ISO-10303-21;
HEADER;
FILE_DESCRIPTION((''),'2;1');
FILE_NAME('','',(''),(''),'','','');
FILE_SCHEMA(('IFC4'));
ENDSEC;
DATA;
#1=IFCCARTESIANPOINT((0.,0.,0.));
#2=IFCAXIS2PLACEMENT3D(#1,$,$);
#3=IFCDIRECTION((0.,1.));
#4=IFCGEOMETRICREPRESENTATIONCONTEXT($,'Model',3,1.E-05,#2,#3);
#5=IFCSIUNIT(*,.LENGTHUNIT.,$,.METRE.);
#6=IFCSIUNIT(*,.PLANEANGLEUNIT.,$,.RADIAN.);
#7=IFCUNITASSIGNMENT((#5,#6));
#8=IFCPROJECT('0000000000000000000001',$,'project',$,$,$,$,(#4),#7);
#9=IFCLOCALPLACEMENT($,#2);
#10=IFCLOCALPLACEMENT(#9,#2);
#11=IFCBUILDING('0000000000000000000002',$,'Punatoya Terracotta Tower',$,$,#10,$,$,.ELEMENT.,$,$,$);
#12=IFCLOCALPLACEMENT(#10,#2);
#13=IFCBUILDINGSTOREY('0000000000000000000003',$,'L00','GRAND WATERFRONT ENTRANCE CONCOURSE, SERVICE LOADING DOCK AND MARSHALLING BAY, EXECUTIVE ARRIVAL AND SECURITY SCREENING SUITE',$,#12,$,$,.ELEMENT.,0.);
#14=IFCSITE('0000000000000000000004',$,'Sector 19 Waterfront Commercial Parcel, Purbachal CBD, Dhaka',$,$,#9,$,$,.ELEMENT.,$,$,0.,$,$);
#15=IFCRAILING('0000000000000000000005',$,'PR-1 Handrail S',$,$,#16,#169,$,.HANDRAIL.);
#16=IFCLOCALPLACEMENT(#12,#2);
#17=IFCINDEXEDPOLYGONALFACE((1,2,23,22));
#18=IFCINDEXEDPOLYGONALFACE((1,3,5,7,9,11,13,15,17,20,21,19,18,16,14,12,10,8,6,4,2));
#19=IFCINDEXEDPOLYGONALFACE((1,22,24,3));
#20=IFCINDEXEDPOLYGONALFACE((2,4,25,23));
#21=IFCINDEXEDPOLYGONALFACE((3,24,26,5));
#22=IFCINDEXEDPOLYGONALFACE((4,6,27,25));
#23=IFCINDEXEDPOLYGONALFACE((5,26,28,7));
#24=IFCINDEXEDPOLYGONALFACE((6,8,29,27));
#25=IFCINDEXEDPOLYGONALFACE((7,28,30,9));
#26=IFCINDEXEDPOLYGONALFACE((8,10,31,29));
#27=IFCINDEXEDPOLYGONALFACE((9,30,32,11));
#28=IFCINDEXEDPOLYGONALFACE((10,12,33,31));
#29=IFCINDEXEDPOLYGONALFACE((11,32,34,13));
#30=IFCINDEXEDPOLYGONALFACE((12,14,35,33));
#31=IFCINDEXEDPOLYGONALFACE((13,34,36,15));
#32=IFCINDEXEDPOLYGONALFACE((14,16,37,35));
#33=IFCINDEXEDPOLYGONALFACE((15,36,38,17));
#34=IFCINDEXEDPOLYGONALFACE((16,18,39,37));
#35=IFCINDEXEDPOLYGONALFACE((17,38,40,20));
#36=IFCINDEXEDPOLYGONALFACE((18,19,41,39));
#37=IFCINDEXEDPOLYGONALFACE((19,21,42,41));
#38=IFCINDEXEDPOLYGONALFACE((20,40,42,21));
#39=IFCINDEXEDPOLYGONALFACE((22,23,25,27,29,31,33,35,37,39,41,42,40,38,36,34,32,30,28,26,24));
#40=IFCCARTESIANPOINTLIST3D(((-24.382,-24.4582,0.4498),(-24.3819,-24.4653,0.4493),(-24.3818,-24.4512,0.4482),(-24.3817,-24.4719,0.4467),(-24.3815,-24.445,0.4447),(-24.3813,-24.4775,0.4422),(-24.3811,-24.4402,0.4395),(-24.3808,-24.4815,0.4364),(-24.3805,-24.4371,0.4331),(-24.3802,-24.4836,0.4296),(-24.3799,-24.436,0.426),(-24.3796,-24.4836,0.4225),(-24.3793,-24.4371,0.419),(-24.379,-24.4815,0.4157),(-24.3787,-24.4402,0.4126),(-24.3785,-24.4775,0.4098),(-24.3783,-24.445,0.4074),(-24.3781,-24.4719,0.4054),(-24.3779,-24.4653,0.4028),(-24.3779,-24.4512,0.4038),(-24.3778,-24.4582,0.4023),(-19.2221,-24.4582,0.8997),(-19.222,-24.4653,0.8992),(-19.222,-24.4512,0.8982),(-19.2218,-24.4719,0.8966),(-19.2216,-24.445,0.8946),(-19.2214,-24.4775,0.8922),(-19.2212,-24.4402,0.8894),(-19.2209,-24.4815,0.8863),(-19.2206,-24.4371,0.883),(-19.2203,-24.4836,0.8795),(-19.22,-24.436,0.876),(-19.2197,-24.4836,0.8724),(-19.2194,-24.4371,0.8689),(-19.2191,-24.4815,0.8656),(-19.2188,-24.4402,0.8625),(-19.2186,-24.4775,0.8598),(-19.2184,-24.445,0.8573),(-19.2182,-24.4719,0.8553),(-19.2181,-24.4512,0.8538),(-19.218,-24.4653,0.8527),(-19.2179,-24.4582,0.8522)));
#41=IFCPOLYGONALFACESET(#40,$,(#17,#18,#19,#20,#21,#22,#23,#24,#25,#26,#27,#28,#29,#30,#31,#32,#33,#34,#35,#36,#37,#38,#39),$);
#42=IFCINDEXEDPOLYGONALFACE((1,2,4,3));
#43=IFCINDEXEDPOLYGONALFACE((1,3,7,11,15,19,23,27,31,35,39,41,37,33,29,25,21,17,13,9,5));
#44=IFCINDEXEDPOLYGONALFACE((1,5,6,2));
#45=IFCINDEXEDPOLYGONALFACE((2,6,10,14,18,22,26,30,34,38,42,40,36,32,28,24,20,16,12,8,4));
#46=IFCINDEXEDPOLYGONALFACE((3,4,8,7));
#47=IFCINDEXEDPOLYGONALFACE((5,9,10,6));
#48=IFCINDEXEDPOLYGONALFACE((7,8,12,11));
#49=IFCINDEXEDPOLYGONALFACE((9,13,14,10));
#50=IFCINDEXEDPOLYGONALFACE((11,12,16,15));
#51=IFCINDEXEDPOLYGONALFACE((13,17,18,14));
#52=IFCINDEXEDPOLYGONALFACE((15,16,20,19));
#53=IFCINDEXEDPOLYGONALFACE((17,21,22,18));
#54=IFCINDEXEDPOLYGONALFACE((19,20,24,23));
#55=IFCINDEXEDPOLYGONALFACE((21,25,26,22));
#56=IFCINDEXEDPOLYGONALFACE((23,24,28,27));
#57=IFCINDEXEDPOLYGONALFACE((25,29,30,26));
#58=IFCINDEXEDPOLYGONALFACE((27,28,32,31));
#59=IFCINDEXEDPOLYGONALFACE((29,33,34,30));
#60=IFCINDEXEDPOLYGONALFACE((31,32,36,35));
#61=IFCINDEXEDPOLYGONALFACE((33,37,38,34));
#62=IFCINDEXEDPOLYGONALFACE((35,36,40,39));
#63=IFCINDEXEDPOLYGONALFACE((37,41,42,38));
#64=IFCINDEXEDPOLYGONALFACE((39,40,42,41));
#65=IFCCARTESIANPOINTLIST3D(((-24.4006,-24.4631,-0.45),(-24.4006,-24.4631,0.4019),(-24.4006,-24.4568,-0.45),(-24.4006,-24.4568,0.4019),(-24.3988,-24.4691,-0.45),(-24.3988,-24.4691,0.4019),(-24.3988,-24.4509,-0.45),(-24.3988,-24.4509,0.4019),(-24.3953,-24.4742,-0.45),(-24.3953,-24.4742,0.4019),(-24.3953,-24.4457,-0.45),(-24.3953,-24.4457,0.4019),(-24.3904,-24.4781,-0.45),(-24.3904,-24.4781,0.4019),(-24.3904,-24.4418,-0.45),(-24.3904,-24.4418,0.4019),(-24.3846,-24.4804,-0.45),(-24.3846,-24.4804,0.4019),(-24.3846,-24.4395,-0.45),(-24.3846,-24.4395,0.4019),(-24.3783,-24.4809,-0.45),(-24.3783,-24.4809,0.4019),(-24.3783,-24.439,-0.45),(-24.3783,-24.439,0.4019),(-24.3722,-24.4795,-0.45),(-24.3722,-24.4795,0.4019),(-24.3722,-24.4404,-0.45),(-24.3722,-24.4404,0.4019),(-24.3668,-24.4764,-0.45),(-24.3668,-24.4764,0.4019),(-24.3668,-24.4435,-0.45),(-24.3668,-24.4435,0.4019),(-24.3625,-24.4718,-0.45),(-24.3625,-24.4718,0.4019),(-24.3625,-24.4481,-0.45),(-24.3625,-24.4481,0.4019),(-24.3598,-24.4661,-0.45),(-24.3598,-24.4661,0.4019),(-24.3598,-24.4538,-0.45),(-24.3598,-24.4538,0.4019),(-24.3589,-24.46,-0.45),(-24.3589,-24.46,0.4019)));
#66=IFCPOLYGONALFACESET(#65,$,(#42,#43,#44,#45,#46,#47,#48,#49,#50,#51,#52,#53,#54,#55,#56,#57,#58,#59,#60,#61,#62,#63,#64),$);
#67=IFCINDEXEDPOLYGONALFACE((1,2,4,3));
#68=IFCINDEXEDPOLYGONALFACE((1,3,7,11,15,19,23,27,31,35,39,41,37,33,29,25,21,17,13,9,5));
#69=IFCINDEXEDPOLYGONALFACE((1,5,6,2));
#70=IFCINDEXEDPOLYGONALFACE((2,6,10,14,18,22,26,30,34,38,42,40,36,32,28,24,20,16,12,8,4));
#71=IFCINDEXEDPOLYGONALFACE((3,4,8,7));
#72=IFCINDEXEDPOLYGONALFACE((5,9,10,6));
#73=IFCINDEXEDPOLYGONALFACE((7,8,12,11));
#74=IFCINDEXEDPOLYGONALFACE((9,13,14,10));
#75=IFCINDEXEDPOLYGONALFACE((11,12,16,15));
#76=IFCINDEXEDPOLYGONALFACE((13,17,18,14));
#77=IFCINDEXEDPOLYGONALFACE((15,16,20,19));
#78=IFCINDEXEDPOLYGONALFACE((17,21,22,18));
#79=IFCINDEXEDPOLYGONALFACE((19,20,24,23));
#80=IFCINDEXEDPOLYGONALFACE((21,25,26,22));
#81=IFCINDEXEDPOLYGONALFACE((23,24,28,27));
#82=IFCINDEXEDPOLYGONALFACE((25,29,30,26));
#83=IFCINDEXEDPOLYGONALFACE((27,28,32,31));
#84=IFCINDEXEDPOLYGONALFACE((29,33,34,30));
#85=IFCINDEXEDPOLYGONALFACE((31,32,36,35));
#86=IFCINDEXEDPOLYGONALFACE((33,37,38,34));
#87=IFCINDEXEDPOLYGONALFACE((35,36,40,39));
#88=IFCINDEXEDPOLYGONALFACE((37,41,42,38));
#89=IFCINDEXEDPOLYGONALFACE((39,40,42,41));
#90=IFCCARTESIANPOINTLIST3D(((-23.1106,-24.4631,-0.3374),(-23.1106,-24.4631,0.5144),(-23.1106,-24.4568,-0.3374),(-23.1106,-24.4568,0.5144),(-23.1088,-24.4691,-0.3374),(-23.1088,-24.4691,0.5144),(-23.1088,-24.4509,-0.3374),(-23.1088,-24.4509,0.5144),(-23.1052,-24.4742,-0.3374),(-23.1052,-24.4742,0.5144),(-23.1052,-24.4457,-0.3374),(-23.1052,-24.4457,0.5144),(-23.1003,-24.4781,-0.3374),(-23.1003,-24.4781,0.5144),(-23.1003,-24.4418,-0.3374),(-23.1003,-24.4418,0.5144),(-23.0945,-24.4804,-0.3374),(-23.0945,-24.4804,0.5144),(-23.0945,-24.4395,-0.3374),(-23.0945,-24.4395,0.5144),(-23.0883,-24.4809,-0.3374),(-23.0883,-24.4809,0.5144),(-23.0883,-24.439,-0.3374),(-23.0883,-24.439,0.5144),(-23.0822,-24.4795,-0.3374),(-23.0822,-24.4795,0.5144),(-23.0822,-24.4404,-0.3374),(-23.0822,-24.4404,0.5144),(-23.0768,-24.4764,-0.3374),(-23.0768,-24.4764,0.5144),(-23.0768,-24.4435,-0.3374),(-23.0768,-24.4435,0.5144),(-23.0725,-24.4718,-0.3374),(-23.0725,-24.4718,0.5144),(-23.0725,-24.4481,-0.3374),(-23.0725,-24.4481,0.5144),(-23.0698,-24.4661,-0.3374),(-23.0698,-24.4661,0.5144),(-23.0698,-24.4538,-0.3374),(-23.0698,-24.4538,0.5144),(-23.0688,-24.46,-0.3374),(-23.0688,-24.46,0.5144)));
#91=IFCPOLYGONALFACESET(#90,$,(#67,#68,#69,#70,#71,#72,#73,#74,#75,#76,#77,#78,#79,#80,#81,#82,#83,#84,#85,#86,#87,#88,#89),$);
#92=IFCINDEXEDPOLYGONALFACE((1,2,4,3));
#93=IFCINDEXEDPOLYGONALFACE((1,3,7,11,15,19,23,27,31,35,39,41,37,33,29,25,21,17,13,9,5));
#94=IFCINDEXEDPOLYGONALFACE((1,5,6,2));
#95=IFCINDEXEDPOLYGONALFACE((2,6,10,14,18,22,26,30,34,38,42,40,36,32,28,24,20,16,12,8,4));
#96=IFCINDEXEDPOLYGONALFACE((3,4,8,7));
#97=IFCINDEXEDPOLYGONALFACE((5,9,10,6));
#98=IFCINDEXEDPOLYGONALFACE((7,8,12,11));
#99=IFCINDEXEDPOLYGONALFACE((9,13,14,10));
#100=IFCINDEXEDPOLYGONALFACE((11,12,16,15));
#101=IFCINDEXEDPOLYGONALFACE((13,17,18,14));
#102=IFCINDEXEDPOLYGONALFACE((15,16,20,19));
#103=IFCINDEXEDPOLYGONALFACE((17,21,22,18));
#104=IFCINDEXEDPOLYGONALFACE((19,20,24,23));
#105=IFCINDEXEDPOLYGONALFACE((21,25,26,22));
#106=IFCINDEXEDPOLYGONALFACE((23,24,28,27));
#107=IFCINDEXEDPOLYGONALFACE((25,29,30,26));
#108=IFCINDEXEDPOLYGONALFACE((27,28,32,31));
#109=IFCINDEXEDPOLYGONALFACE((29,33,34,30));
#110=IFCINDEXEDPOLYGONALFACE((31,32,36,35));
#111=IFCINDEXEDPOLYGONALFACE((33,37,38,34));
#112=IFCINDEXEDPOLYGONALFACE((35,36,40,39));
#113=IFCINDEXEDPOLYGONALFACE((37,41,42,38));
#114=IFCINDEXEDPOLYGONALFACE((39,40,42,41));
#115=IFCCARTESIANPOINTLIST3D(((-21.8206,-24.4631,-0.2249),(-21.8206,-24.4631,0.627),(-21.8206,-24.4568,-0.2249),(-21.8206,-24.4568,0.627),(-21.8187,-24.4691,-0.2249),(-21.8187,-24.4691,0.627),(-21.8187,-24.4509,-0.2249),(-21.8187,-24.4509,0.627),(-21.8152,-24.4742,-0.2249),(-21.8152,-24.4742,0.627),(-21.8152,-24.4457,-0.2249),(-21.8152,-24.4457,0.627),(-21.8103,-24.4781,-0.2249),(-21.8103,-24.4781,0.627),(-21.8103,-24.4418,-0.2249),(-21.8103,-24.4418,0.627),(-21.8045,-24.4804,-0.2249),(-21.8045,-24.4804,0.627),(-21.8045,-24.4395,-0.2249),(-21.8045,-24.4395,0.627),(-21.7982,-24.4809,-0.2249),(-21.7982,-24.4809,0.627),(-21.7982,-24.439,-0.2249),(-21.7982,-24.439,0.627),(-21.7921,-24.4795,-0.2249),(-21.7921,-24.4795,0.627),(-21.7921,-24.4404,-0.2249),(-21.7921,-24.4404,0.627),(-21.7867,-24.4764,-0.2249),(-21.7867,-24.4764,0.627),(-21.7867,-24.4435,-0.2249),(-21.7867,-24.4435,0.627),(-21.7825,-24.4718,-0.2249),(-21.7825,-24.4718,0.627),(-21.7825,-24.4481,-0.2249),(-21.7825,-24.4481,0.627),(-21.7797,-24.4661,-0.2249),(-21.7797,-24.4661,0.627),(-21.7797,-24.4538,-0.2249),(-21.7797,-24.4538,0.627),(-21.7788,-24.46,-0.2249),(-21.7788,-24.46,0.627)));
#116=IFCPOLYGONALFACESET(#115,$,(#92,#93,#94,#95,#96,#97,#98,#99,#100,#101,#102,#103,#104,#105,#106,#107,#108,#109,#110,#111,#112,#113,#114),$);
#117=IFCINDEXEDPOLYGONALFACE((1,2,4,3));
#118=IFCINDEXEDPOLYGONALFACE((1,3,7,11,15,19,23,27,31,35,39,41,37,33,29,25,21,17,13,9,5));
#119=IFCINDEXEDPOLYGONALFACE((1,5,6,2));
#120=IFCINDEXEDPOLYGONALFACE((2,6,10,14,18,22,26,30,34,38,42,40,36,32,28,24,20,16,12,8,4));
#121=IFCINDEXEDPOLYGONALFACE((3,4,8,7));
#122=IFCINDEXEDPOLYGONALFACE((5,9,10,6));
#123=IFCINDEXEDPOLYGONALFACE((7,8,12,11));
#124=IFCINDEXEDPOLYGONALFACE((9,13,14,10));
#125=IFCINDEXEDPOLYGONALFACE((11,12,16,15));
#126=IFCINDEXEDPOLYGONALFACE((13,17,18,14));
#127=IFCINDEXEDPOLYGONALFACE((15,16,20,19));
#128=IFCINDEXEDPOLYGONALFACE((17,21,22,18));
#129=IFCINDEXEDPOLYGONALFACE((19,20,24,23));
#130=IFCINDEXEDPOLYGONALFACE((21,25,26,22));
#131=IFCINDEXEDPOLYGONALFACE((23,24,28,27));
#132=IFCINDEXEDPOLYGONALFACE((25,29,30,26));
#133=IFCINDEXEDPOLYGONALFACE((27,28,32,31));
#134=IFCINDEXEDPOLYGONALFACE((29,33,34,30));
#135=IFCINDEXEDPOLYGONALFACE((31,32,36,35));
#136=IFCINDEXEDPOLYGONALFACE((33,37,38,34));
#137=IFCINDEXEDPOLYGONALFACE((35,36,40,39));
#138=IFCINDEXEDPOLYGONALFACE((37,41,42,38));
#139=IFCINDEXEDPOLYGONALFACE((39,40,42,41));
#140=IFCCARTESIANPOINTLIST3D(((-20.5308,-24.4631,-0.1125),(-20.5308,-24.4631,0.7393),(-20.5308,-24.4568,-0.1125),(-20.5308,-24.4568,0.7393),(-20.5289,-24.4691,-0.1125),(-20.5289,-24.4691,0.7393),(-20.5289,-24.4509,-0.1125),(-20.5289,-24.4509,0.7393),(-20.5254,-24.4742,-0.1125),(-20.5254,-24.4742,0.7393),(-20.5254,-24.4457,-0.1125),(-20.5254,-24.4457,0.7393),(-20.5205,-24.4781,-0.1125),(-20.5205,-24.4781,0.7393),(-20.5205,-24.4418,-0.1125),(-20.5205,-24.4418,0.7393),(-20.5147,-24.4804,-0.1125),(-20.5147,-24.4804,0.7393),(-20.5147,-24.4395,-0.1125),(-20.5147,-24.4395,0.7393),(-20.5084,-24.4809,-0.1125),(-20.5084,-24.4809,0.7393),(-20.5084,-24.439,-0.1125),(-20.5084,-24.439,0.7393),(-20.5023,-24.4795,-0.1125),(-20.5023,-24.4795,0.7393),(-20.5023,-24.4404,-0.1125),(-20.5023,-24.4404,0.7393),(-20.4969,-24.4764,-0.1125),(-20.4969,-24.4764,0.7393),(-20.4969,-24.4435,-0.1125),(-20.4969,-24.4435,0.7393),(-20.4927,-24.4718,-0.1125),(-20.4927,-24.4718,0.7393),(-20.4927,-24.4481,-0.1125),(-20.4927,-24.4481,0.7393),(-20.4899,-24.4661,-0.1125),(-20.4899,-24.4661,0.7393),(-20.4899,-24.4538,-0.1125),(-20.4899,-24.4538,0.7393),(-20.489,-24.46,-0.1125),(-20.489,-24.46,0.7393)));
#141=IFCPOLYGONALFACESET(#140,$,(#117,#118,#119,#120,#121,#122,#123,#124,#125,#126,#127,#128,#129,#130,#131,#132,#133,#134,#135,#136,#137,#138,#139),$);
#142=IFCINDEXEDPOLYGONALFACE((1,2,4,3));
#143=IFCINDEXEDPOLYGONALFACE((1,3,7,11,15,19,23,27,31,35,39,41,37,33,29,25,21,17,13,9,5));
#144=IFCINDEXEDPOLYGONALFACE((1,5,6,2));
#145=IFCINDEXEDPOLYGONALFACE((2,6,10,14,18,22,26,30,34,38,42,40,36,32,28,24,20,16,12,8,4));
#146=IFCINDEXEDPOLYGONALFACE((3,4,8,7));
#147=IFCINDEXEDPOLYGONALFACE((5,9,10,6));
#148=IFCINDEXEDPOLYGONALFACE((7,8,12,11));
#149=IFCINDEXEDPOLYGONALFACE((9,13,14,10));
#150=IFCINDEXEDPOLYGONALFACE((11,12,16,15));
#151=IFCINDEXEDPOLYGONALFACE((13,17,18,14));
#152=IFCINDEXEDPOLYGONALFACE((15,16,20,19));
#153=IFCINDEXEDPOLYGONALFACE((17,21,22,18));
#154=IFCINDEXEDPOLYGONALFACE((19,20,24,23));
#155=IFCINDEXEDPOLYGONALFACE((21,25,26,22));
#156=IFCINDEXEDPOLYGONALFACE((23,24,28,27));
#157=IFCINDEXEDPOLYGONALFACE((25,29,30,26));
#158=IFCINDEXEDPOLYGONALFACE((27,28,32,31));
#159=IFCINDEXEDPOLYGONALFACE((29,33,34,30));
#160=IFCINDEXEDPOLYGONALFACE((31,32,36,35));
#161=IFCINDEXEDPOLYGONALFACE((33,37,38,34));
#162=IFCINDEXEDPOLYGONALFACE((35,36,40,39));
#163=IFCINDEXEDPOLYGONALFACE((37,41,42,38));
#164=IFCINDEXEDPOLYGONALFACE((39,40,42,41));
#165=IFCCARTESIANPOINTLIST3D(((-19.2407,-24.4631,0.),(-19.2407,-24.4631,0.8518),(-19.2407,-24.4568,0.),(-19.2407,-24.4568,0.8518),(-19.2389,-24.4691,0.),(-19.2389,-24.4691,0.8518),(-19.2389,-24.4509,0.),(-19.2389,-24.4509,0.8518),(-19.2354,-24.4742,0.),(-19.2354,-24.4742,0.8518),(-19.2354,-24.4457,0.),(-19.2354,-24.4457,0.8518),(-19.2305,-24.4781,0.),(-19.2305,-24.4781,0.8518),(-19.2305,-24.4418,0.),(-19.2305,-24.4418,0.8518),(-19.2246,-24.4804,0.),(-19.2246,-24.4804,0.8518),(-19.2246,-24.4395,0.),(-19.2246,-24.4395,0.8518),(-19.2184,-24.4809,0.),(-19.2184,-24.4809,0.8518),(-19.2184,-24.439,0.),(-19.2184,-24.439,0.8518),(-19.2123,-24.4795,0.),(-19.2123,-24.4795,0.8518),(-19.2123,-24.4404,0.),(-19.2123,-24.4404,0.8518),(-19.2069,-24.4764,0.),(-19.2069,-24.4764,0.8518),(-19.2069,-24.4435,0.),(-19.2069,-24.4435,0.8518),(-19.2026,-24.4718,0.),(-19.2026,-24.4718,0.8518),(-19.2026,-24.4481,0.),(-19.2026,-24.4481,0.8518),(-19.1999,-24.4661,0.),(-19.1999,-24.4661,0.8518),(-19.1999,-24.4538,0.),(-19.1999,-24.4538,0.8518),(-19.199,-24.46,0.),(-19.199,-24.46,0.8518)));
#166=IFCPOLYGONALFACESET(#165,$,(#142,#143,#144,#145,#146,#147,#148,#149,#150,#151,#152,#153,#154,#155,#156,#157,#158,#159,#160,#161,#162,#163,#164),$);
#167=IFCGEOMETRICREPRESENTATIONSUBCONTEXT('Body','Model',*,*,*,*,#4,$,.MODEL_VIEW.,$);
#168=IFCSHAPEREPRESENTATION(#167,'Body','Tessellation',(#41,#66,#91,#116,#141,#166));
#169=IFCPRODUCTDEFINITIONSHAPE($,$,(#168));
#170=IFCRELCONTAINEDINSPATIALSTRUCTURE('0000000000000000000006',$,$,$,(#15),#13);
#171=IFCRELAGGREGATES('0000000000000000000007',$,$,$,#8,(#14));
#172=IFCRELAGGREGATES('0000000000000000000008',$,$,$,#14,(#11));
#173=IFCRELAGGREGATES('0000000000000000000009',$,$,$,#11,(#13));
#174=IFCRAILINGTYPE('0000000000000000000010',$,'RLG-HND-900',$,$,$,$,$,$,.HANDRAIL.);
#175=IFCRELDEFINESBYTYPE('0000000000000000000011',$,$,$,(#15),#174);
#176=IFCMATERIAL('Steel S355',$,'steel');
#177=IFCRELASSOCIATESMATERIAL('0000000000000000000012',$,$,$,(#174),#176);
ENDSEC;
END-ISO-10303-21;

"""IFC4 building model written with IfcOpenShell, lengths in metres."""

from ifc_helpers import new_model, si_unit, direction, frame, origin, origin_2d, place, context, subcontext, project, spatial, circle, extrude, material, type_object, element, save


model = new_model("IFC4")

# Units and contexts
model_context = context("Model", 3, precision=1e-05, world=origin(), true_north=direction((0.0, 1.0)))
body_context = subcontext(model_context, "Body", "Model", "MODEL_VIEW")
ifc_project = project(units=[si_unit("LENGTHUNIT", "METRE"), si_unit("PLANEANGLEUNIT", "RADIAN")], contexts=[model_context])

# Site, building, storey
site_placement = place(None, origin())
site = spatial("IfcSite", under=ifc_project, at=site_placement, Name="Sector 19 Waterfront Commercial Parcel, Purbachal CBD, Dhaka", CompositionType="ELEMENT", RefElevation=0.0)
building_placement = place(site_placement, origin())
building = spatial("IfcBuilding", under=site, at=building_placement, Name="Punatoya Terracotta Tower", CompositionType="ELEMENT")
storey_placement = place(building_placement, origin())
storey = spatial("IfcBuildingStorey", under=building, at=storey_placement, Name="L00", Description="GRAND WATERFRONT ENTRANCE CONCOURSE, SERVICE LOADING DOCK AND MARSHALLING BAY, EXECUTIVE ARRIVAL AND SECURITY SCREENING SUITE", CompositionType="ELEMENT", Elevation=0.0)

# Shared definitions
ifc_material_1 = material(Name="Steel S355", Category="steel")

# Railing
railing_type_1 = type_object("IfcRailingType", Name="RLG-HND-900", PredefinedType="HANDRAIL", material=ifc_material_1)
for number, where, name in (
    (1, (-24.3799, -24.46, -0.45), "PR-1 Handrail S"),
):
    element("IfcRailing", number, at=place(storey_placement, frame(where)), inside=storey, type_object=railing_type_1, Name=name, PredefinedType="HANDRAIL", context=body_context, shape_type="SweptSolid", body=[
        extrude(circle(Radius=0.0239, at=origin_2d()), frame((0.0, 0.0, 0.876), z_axis=(0.99622, 0.0, 0.086872), x_axis=(0.0, 1.0, 0.0)), (0.0, 0.0, 1.0), 5.1794),
        extrude(circle(Radius=0.021, at=origin_2d()), origin(), (0.0, 0.0, 1.0), 0.8518),
        extrude(circle(Radius=0.021, at=origin_2d()), frame((1.29, 0.0, 0.1125)), (0.0, 0.0, 1.0), 0.8518),
        extrude(circle(Radius=0.021, at=origin_2d()), frame((2.5801, 0.0, 0.2251)), (0.0, 0.0, 1.0), 0.8518),
        extrude(circle(Radius=0.021, at=origin_2d()), frame((3.8699, 0.0, 0.3374)), (0.0, 0.0, 1.0), 0.8518),
        extrude(circle(Radius=0.021, at=origin_2d()), frame((5.1599, 0.0, 0.45)), (0.0, 0.0, 1.0), 0.8518),
    ])

save(model, "model.ifc")
